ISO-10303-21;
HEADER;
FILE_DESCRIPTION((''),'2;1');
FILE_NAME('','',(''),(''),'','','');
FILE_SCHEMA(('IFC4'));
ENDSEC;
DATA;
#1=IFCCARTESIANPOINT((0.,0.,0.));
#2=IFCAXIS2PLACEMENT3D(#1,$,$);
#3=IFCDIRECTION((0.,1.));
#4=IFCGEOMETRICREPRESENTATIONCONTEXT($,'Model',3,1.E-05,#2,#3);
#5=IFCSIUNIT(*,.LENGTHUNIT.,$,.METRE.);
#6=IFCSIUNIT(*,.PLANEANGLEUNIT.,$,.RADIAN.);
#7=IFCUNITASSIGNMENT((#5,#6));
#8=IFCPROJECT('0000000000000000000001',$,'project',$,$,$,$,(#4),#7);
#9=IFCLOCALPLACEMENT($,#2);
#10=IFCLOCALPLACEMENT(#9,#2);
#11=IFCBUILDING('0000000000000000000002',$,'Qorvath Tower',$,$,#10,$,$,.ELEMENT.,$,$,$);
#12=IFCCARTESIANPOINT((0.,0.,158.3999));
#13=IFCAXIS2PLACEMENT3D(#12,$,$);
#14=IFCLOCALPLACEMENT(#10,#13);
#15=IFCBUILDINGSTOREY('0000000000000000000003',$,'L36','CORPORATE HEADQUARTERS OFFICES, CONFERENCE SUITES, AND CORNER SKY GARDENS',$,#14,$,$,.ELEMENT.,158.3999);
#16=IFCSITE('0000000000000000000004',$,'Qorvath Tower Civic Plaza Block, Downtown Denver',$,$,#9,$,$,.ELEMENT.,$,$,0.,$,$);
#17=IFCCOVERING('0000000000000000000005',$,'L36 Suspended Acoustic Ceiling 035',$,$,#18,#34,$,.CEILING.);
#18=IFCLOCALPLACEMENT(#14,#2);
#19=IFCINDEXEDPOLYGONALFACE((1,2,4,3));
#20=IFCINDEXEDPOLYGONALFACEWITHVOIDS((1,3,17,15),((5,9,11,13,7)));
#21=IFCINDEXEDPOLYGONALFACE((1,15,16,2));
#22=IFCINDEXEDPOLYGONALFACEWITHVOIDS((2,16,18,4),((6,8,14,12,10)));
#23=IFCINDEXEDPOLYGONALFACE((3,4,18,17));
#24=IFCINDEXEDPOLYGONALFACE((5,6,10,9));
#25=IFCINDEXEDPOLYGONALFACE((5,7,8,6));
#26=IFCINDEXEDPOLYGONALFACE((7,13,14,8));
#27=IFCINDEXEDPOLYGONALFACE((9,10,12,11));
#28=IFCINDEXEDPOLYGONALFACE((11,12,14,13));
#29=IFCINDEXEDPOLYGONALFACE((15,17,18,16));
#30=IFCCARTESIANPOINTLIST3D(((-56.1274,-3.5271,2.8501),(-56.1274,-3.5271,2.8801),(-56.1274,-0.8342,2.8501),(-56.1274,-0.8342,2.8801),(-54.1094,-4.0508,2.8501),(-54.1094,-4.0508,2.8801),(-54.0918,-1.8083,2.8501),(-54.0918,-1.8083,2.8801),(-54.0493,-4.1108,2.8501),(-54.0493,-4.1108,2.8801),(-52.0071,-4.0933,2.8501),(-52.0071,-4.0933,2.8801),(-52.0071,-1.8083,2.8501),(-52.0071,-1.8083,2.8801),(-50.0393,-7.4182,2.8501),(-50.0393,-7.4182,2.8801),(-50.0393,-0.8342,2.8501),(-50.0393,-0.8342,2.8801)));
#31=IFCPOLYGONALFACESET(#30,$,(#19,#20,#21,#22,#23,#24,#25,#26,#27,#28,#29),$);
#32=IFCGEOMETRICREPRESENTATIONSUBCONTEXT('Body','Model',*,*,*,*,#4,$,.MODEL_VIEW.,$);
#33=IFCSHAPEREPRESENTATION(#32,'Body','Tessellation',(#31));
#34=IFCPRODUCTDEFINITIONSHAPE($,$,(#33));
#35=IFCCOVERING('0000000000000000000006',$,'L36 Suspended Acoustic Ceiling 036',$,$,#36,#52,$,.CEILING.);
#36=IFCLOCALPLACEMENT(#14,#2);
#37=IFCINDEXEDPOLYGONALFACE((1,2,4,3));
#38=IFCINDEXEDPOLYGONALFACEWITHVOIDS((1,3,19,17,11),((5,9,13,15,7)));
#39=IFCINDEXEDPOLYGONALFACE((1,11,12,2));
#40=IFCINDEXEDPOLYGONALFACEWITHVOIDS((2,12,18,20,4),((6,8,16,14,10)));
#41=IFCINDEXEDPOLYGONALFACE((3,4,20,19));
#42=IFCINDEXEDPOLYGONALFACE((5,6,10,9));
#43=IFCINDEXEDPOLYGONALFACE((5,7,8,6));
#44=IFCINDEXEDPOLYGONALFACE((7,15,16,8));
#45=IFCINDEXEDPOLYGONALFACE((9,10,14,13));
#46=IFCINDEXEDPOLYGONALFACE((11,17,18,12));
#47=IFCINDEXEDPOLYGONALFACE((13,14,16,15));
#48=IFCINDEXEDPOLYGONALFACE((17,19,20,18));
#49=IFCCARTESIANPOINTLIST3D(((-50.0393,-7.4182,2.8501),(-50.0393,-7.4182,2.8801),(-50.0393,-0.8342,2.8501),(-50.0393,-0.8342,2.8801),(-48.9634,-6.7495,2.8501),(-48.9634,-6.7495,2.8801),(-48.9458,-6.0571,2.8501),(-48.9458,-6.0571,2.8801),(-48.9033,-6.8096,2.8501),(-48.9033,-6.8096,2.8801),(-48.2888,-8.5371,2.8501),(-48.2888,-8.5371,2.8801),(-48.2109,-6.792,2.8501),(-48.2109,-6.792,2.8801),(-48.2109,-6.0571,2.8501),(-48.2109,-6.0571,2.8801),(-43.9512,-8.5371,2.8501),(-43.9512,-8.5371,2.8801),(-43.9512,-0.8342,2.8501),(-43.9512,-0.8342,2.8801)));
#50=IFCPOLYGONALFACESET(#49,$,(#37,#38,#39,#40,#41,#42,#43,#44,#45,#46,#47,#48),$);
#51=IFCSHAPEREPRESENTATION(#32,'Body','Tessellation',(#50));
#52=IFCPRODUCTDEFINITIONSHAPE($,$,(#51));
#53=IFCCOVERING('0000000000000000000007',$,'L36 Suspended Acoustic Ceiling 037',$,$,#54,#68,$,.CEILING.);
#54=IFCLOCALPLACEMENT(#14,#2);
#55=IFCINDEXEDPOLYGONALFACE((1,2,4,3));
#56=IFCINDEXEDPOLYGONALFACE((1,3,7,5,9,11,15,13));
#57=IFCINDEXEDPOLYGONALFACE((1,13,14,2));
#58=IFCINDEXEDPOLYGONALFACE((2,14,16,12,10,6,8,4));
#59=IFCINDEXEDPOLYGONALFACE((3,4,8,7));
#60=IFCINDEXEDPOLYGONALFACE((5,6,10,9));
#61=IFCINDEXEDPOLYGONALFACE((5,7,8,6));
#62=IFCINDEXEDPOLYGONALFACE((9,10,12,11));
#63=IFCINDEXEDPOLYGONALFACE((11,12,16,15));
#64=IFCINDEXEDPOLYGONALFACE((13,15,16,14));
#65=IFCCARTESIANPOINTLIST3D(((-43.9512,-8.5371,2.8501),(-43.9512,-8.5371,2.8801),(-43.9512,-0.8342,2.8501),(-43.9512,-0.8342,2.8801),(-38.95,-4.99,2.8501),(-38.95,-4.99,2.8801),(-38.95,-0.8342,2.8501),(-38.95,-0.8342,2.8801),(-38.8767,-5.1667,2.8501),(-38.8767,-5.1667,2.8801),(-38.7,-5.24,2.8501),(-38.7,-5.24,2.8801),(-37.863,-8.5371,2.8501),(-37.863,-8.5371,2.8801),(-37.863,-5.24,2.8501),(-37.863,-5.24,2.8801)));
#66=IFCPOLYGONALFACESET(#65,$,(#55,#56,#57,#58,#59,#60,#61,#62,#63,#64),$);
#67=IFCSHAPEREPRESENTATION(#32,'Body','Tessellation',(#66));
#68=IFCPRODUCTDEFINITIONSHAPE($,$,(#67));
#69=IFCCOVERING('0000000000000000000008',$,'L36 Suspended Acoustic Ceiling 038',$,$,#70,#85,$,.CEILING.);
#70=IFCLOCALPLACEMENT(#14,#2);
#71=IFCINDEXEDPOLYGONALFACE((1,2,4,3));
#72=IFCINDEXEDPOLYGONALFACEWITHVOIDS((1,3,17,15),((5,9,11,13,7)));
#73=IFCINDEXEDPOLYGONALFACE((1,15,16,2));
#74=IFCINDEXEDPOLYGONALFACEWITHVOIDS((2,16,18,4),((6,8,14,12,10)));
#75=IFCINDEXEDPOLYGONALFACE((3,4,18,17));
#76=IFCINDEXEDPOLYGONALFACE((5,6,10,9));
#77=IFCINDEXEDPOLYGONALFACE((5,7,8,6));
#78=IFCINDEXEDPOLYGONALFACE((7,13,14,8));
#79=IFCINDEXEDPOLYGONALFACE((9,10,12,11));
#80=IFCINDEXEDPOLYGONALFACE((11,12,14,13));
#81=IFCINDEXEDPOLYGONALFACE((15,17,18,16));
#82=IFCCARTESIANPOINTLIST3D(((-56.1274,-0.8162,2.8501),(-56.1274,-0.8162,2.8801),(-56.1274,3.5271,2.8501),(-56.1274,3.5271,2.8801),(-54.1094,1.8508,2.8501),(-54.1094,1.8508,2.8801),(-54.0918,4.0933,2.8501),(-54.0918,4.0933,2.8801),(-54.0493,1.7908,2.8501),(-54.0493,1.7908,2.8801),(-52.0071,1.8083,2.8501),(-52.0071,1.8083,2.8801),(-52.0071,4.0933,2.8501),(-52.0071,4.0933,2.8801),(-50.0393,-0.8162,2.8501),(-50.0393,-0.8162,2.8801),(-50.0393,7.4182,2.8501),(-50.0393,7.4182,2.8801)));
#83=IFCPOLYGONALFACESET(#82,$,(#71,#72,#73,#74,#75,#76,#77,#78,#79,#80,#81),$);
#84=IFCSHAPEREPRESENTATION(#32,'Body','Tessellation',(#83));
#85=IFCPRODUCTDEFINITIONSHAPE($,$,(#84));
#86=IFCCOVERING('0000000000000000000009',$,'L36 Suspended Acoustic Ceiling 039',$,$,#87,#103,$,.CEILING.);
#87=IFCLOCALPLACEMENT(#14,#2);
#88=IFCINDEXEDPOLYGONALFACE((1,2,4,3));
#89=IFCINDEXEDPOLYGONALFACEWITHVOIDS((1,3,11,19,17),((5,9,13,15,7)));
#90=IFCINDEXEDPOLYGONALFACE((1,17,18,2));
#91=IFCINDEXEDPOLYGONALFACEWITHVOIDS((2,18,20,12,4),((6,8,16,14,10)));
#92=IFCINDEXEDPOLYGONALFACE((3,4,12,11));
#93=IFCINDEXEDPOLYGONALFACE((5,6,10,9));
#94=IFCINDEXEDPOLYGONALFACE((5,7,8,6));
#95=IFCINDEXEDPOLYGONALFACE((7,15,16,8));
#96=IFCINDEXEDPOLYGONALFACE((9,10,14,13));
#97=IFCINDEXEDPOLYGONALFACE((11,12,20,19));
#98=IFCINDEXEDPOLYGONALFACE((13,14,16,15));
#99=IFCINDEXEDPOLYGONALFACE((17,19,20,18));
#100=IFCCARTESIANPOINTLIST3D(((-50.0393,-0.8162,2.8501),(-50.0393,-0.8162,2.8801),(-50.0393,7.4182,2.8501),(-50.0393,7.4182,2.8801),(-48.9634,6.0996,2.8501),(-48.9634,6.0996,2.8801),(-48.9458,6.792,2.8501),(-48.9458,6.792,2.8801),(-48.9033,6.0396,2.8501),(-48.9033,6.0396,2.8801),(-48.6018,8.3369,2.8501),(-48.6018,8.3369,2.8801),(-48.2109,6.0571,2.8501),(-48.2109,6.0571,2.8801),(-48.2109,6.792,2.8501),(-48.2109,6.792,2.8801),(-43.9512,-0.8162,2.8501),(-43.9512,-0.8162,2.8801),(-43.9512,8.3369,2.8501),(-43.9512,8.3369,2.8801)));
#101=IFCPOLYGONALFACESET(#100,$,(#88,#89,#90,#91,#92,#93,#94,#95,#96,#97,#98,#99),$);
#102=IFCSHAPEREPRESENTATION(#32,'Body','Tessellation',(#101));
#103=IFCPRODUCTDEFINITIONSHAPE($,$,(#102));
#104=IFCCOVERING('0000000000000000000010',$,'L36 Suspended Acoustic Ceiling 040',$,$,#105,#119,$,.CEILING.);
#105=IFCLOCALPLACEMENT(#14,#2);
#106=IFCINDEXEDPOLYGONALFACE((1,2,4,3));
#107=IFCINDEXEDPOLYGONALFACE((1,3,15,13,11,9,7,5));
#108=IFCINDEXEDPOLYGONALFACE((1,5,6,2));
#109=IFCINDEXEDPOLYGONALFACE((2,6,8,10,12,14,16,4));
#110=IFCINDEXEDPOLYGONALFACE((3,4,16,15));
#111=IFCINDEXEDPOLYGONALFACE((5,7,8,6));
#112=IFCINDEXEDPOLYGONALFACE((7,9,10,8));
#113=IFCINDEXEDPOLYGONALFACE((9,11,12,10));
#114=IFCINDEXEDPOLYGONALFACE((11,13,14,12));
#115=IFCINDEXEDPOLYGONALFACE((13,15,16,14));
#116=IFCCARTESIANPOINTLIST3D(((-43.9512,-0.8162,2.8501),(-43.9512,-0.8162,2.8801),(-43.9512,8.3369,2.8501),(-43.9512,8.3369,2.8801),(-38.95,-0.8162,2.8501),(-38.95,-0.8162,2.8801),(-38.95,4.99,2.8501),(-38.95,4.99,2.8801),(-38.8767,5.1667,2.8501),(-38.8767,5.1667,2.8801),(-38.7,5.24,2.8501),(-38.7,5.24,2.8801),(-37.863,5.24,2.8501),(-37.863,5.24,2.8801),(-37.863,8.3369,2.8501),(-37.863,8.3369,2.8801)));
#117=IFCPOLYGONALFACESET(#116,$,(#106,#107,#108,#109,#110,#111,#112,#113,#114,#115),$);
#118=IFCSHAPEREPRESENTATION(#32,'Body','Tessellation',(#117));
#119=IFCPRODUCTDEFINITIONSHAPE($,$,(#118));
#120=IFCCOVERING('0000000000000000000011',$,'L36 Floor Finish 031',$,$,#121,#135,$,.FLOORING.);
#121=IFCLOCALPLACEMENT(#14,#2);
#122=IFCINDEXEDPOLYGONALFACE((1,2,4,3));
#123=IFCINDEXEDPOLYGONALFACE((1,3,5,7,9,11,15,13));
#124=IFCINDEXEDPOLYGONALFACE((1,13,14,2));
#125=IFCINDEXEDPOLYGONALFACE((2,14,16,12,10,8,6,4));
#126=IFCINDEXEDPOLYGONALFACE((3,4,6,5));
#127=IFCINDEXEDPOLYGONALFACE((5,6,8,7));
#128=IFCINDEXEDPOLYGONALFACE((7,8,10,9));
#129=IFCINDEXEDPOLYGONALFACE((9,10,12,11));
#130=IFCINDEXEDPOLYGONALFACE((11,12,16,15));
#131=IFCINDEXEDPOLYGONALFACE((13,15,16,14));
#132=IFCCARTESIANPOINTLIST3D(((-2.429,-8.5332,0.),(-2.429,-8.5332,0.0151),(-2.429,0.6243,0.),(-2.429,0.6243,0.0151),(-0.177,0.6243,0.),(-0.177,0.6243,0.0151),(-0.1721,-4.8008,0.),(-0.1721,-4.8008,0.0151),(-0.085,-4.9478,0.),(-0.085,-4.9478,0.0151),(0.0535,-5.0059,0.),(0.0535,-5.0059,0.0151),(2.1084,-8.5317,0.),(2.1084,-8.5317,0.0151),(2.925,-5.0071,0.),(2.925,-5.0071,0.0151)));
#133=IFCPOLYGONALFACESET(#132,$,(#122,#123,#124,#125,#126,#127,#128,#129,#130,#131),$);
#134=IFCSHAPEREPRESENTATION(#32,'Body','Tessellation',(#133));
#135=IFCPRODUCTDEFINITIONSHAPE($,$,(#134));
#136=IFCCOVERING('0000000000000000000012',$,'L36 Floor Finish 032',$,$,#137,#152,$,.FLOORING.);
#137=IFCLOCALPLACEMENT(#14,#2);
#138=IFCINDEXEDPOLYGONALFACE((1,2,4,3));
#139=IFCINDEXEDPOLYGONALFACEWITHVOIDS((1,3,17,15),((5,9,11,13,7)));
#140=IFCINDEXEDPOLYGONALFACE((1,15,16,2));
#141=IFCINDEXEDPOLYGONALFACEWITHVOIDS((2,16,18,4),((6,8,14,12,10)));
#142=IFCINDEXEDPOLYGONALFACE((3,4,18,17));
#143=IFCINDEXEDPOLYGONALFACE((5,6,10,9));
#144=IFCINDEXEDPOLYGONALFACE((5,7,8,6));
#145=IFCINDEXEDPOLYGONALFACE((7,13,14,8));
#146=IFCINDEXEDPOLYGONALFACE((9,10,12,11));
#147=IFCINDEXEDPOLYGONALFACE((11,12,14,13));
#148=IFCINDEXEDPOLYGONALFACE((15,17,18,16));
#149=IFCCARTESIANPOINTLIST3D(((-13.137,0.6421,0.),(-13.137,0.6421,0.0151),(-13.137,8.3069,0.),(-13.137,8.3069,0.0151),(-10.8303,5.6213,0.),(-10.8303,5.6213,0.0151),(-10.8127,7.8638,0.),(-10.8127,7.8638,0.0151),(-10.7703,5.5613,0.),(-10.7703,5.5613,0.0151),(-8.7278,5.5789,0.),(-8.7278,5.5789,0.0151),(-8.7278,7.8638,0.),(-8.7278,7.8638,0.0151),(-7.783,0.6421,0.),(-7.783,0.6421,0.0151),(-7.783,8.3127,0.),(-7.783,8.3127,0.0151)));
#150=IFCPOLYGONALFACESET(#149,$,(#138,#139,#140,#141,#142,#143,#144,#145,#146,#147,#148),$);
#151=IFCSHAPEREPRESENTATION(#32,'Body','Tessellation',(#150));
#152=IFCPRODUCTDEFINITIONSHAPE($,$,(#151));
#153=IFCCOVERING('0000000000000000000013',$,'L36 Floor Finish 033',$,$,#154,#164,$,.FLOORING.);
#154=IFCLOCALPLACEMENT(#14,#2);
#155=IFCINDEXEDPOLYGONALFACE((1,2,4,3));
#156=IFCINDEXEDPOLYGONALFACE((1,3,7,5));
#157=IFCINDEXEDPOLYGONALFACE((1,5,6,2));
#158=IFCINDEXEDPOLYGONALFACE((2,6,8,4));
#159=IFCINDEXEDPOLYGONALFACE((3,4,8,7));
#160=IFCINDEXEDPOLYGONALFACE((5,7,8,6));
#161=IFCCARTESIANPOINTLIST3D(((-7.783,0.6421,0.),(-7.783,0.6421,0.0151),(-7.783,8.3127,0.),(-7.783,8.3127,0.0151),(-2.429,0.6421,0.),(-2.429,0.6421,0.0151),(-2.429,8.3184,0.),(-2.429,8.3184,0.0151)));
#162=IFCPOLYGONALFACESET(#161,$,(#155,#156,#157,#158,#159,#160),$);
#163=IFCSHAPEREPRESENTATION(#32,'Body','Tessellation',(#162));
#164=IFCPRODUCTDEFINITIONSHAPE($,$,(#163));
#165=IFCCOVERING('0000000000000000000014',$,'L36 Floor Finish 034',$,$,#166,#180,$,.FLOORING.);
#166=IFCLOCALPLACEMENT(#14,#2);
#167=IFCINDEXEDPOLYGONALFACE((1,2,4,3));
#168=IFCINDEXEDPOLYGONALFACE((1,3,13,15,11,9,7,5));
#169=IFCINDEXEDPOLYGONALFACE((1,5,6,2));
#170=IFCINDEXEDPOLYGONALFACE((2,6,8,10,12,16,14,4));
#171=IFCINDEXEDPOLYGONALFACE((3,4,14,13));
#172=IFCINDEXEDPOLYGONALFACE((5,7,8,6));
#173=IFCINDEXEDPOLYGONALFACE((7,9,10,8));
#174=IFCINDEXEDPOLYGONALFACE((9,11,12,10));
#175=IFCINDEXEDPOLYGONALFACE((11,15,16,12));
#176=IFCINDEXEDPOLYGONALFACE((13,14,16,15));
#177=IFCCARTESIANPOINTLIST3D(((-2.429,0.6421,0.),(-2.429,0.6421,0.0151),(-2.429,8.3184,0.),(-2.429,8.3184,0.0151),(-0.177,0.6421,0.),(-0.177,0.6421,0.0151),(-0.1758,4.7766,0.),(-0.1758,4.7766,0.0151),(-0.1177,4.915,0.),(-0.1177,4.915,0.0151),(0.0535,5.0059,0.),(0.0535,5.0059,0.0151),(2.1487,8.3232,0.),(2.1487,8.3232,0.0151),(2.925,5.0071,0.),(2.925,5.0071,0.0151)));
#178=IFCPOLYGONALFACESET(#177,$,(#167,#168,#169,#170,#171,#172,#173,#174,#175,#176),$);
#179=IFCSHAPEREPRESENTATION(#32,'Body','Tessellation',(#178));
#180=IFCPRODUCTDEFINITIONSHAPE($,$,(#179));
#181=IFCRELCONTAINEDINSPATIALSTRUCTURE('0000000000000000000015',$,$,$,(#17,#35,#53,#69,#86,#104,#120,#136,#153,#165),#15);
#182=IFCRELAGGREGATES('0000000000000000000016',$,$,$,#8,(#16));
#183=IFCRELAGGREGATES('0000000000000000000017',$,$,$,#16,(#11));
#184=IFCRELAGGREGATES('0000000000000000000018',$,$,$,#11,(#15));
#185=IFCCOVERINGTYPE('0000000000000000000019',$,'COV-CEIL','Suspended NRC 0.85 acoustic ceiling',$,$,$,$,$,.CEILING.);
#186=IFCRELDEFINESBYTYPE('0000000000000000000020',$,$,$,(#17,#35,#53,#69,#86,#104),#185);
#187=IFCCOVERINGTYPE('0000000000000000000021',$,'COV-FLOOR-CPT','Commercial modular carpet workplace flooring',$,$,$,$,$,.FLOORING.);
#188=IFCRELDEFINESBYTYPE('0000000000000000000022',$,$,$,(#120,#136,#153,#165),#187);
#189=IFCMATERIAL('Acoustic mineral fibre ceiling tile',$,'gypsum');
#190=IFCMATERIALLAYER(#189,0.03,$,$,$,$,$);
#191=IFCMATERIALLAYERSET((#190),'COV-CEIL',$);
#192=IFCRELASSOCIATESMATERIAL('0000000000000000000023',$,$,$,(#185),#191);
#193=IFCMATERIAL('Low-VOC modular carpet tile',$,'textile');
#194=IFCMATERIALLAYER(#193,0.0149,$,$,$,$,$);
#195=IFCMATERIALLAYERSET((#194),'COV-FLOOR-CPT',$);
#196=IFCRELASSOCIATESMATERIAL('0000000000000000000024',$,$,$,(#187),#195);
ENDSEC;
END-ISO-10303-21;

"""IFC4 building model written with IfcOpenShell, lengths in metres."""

from ifc_helpers import new_model, si_unit, direction, frame, origin, place, context, subcontext, project, spatial, polyline, outline, extrude, material, layer, layer_set, type_object, element, save


model = new_model("IFC4")

# Units and contexts
model_context = context("Model", 3, precision=1e-05, world=origin(), true_north=direction((0.0, 1.0)))
body_context = subcontext(model_context, "Body", "Model", "MODEL_VIEW")
ifc_project = project(units=[si_unit("LENGTHUNIT", "METRE"), si_unit("PLANEANGLEUNIT", "RADIAN")], contexts=[model_context])

# Site, building, storey
site_placement = place(None, origin())
site = spatial("IfcSite", under=ifc_project, at=site_placement, Name="Qorvath Tower Civic Plaza Block, Downtown Denver", CompositionType="ELEMENT", RefElevation=0.0)
building_placement = place(site_placement, origin())
building = spatial("IfcBuilding", under=site, at=building_placement, Name="Qorvath Tower", CompositionType="ELEMENT")
storey_placement = place(building_placement, frame((0.0, 0.0, 158.3999)))
storey = spatial("IfcBuildingStorey", under=building, at=storey_placement, Name="L36", Description="CORPORATE HEADQUARTERS OFFICES, CONFERENCE SUITES, AND CORNER SKY GARDENS", CompositionType="ELEMENT", Elevation=158.3999)

# Coverings
ifc_material_1 = material(Name="Acoustic mineral fibre ceiling tile", Category="gypsum")
ifc_layer_1 = layer(ifc_material_1, 0.03)
ifc_layer_set_1 = layer_set([ifc_layer_1], Name="COV-CEIL")
covering_type_1 = type_object("IfcCoveringType", Name="COV-CEIL", Description="Suspended NRC 0.85 acoustic ceiling", PredefinedType="CEILING", material=ifc_layer_set_1)
covering_1_placement = place(storey_placement, frame((0.0, 0.0, 2.8501)))
element("IfcCovering", 1, at=covering_1_placement, inside=storey, type_object=covering_type_1, Name="L36 Suspended Acoustic Ceiling 035", PredefinedType="CEILING", context=body_context, shape_type="SweptSolid", body=[
    extrude(outline(polyline([(-50.0393, -7.4182), (-50.0393, -0.8342), (-56.1274, -0.8342), (-56.1274, -3.5271), (-50.0393, -7.4182)]), holes=[polyline([(-54.1094, -4.0508), (-54.0918, -1.8083), (-52.0071, -1.8083), (-52.0071, -4.0933), (-54.0493, -4.1108), (-54.1094, -4.0508)])]), origin(), (0.0, 0.0, 1.0), 0.03),
])
covering_2_placement = place(storey_placement, frame((0.0, 0.0, 2.8501)))
element("IfcCovering", 2, at=covering_2_placement, inside=storey, type_object=covering_type_1, Name="L36 Suspended Acoustic Ceiling 036", PredefinedType="CEILING", context=body_context, shape_type="SweptSolid", body=[
    extrude(outline(polyline([(-43.9512, -8.5371), (-43.9512, -0.8342), (-50.0393, -0.8342), (-50.0393, -7.4182), (-48.2888, -8.5371), (-43.9512, -8.5371)]), holes=[polyline([(-48.9634, -6.7495), (-48.9458, -6.0571), (-48.2109, -6.0571), (-48.2109, -6.792), (-48.9033, -6.8096), (-48.9634, -6.7495)])]), origin(), (0.0, 0.0, 1.0), 0.03),
])
covering_3_placement = place(storey_placement, frame((0.0, 0.0, 2.8501)))
element("IfcCovering", 3, at=covering_3_placement, inside=storey, type_object=covering_type_1, Name="L36 Suspended Acoustic Ceiling 037", PredefinedType="CEILING", context=body_context, shape_type="SweptSolid", body=[
    extrude(outline(polyline([(-38.95, -0.8342), (-43.9512, -0.8342), (-43.9512, -8.5371), (-37.863, -8.5371), (-37.863, -5.24), (-38.7, -5.24), (-38.8767, -5.1667), (-38.95, -4.99), (-38.95, -0.8342)])), origin(), (0.0, 0.0, 1.0), 0.03),
])
covering_4_placement = place(storey_placement, frame((0.0, 0.0, 2.8501)))
element("IfcCovering", 4, at=covering_4_placement, inside=storey, type_object=covering_type_1, Name="L36 Suspended Acoustic Ceiling 038", PredefinedType="CEILING", context=body_context, shape_type="SweptSolid", body=[
    extrude(outline(polyline([(-50.0393, -0.8162), (-50.0393, 7.4182), (-56.1274, 3.5271), (-56.1274, -0.8162), (-50.0393, -0.8162)]), holes=[polyline([(-54.1094, 1.8508), (-54.0918, 4.0933), (-52.0071, 4.0933), (-52.0071, 1.8083), (-54.0493, 1.7908), (-54.1094, 1.8508)])]), origin(), (0.0, 0.0, 1.0), 0.03),
])
covering_5_placement = place(storey_placement, frame((0.0, 0.0, 2.8501)))
element("IfcCovering", 5, at=covering_5_placement, inside=storey, type_object=covering_type_1, Name="L36 Suspended Acoustic Ceiling 039", PredefinedType="CEILING", context=body_context, shape_type="SweptSolid", body=[
    extrude(outline(polyline([(-43.9512, -0.8162), (-43.9512, 8.3369), (-48.6018, 8.3369), (-50.0393, 7.4182), (-50.0393, -0.8162), (-43.9512, -0.8162)]), holes=[polyline([(-48.9634, 6.0996), (-48.9458, 6.792), (-48.2109, 6.792), (-48.2109, 6.0571), (-48.9033, 6.0396), (-48.9634, 6.0996)])]), origin(), (0.0, 0.0, 1.0), 0.03),
])
covering_6_placement = place(storey_placement, frame((0.0, 0.0, 2.8501)))
element("IfcCovering", 6, at=covering_6_placement, inside=storey, type_object=covering_type_1, Name="L36 Suspended Acoustic Ceiling 040", PredefinedType="CEILING", context=body_context, shape_type="SweptSolid", body=[
    extrude(outline(polyline([(-37.863, 8.3369), (-43.9512, 8.3369), (-43.9512, -0.8162), (-38.95, -0.8162), (-38.95, 4.99), (-38.8767, 5.1667), (-38.7, 5.24), (-37.863, 5.24), (-37.863, 8.3369)])), origin(), (0.0, 0.0, 1.0), 0.03),
])
ifc_material_2 = material(Name="Low-VOC modular carpet tile", Category="textile")
ifc_layer_2 = layer(ifc_material_2, 0.0149)
ifc_layer_set_2 = layer_set([ifc_layer_2], Name="COV-FLOOR-CPT")
covering_type_2 = type_object("IfcCoveringType", Name="COV-FLOOR-CPT", Description="Commercial modular carpet workplace flooring", PredefinedType="FLOORING", material=ifc_layer_set_2)
covering_7_placement = place(storey_placement, origin())
element("IfcCovering", 7, at=covering_7_placement, inside=storey, type_object=covering_type_2, Name="L36 Floor Finish 031", PredefinedType="FLOORING", context=body_context, shape_type="SweptSolid", body=[
    extrude(outline(polyline([(-0.085, -4.9478), (-0.1721, -4.8008), (-0.177, 0.6243), (-2.429, 0.6243), (-2.429, -8.5332), (2.1084, -8.5317), (2.925, -5.0071), (0.0535, -5.0059), (-0.085, -4.9478)])), origin(), (0.0, 0.0, 1.0), 0.0151),
])
covering_8_placement = place(storey_placement, origin())
element("IfcCovering", 8, at=covering_8_placement, inside=storey, type_object=covering_type_2, Name="L36 Floor Finish 032", PredefinedType="FLOORING", context=body_context, shape_type="SweptSolid", body=[
    extrude(outline(polyline([(-7.783, 0.6421), (-7.783, 8.3127), (-13.137, 8.3069), (-13.137, 0.6421), (-7.783, 0.6421)]), holes=[polyline([(-10.8303, 5.6213), (-10.8127, 7.8638), (-8.7278, 7.8638), (-8.7278, 5.5789), (-10.7703, 5.5613), (-10.8303, 5.6213)])]), origin(), (0.0, 0.0, 1.0), 0.0151),
])
covering_9_placement = place(storey_placement, origin())
element("IfcCovering", 9, at=covering_9_placement, inside=storey, type_object=covering_type_2, Name="L36 Floor Finish 033", PredefinedType="FLOORING", context=body_context, shape_type="SweptSolid", body=[
    extrude(outline(polyline([(-2.429, 0.6421), (-2.429, 8.3184), (-7.783, 8.3127), (-7.783, 0.6421), (-2.429, 0.6421)])), origin(), (0.0, 0.0, 1.0), 0.0151),
])
covering_10_placement = place(storey_placement, origin())
element("IfcCovering", 10, at=covering_10_placement, inside=storey, type_object=covering_type_2, Name="L36 Floor Finish 034", PredefinedType="FLOORING", context=body_context, shape_type="SweptSolid", body=[
    extrude(outline(polyline([(-0.1177, 4.915), (0.0535, 5.0059), (2.925, 5.0071), (2.1487, 8.3232), (-2.429, 8.3184), (-2.429, 0.6421), (-0.177, 0.6421), (-0.1758, 4.7766), (-0.1177, 4.915)])), origin(), (0.0, 0.0, 1.0), 0.0151),
])

save(model, "model.ifc")
